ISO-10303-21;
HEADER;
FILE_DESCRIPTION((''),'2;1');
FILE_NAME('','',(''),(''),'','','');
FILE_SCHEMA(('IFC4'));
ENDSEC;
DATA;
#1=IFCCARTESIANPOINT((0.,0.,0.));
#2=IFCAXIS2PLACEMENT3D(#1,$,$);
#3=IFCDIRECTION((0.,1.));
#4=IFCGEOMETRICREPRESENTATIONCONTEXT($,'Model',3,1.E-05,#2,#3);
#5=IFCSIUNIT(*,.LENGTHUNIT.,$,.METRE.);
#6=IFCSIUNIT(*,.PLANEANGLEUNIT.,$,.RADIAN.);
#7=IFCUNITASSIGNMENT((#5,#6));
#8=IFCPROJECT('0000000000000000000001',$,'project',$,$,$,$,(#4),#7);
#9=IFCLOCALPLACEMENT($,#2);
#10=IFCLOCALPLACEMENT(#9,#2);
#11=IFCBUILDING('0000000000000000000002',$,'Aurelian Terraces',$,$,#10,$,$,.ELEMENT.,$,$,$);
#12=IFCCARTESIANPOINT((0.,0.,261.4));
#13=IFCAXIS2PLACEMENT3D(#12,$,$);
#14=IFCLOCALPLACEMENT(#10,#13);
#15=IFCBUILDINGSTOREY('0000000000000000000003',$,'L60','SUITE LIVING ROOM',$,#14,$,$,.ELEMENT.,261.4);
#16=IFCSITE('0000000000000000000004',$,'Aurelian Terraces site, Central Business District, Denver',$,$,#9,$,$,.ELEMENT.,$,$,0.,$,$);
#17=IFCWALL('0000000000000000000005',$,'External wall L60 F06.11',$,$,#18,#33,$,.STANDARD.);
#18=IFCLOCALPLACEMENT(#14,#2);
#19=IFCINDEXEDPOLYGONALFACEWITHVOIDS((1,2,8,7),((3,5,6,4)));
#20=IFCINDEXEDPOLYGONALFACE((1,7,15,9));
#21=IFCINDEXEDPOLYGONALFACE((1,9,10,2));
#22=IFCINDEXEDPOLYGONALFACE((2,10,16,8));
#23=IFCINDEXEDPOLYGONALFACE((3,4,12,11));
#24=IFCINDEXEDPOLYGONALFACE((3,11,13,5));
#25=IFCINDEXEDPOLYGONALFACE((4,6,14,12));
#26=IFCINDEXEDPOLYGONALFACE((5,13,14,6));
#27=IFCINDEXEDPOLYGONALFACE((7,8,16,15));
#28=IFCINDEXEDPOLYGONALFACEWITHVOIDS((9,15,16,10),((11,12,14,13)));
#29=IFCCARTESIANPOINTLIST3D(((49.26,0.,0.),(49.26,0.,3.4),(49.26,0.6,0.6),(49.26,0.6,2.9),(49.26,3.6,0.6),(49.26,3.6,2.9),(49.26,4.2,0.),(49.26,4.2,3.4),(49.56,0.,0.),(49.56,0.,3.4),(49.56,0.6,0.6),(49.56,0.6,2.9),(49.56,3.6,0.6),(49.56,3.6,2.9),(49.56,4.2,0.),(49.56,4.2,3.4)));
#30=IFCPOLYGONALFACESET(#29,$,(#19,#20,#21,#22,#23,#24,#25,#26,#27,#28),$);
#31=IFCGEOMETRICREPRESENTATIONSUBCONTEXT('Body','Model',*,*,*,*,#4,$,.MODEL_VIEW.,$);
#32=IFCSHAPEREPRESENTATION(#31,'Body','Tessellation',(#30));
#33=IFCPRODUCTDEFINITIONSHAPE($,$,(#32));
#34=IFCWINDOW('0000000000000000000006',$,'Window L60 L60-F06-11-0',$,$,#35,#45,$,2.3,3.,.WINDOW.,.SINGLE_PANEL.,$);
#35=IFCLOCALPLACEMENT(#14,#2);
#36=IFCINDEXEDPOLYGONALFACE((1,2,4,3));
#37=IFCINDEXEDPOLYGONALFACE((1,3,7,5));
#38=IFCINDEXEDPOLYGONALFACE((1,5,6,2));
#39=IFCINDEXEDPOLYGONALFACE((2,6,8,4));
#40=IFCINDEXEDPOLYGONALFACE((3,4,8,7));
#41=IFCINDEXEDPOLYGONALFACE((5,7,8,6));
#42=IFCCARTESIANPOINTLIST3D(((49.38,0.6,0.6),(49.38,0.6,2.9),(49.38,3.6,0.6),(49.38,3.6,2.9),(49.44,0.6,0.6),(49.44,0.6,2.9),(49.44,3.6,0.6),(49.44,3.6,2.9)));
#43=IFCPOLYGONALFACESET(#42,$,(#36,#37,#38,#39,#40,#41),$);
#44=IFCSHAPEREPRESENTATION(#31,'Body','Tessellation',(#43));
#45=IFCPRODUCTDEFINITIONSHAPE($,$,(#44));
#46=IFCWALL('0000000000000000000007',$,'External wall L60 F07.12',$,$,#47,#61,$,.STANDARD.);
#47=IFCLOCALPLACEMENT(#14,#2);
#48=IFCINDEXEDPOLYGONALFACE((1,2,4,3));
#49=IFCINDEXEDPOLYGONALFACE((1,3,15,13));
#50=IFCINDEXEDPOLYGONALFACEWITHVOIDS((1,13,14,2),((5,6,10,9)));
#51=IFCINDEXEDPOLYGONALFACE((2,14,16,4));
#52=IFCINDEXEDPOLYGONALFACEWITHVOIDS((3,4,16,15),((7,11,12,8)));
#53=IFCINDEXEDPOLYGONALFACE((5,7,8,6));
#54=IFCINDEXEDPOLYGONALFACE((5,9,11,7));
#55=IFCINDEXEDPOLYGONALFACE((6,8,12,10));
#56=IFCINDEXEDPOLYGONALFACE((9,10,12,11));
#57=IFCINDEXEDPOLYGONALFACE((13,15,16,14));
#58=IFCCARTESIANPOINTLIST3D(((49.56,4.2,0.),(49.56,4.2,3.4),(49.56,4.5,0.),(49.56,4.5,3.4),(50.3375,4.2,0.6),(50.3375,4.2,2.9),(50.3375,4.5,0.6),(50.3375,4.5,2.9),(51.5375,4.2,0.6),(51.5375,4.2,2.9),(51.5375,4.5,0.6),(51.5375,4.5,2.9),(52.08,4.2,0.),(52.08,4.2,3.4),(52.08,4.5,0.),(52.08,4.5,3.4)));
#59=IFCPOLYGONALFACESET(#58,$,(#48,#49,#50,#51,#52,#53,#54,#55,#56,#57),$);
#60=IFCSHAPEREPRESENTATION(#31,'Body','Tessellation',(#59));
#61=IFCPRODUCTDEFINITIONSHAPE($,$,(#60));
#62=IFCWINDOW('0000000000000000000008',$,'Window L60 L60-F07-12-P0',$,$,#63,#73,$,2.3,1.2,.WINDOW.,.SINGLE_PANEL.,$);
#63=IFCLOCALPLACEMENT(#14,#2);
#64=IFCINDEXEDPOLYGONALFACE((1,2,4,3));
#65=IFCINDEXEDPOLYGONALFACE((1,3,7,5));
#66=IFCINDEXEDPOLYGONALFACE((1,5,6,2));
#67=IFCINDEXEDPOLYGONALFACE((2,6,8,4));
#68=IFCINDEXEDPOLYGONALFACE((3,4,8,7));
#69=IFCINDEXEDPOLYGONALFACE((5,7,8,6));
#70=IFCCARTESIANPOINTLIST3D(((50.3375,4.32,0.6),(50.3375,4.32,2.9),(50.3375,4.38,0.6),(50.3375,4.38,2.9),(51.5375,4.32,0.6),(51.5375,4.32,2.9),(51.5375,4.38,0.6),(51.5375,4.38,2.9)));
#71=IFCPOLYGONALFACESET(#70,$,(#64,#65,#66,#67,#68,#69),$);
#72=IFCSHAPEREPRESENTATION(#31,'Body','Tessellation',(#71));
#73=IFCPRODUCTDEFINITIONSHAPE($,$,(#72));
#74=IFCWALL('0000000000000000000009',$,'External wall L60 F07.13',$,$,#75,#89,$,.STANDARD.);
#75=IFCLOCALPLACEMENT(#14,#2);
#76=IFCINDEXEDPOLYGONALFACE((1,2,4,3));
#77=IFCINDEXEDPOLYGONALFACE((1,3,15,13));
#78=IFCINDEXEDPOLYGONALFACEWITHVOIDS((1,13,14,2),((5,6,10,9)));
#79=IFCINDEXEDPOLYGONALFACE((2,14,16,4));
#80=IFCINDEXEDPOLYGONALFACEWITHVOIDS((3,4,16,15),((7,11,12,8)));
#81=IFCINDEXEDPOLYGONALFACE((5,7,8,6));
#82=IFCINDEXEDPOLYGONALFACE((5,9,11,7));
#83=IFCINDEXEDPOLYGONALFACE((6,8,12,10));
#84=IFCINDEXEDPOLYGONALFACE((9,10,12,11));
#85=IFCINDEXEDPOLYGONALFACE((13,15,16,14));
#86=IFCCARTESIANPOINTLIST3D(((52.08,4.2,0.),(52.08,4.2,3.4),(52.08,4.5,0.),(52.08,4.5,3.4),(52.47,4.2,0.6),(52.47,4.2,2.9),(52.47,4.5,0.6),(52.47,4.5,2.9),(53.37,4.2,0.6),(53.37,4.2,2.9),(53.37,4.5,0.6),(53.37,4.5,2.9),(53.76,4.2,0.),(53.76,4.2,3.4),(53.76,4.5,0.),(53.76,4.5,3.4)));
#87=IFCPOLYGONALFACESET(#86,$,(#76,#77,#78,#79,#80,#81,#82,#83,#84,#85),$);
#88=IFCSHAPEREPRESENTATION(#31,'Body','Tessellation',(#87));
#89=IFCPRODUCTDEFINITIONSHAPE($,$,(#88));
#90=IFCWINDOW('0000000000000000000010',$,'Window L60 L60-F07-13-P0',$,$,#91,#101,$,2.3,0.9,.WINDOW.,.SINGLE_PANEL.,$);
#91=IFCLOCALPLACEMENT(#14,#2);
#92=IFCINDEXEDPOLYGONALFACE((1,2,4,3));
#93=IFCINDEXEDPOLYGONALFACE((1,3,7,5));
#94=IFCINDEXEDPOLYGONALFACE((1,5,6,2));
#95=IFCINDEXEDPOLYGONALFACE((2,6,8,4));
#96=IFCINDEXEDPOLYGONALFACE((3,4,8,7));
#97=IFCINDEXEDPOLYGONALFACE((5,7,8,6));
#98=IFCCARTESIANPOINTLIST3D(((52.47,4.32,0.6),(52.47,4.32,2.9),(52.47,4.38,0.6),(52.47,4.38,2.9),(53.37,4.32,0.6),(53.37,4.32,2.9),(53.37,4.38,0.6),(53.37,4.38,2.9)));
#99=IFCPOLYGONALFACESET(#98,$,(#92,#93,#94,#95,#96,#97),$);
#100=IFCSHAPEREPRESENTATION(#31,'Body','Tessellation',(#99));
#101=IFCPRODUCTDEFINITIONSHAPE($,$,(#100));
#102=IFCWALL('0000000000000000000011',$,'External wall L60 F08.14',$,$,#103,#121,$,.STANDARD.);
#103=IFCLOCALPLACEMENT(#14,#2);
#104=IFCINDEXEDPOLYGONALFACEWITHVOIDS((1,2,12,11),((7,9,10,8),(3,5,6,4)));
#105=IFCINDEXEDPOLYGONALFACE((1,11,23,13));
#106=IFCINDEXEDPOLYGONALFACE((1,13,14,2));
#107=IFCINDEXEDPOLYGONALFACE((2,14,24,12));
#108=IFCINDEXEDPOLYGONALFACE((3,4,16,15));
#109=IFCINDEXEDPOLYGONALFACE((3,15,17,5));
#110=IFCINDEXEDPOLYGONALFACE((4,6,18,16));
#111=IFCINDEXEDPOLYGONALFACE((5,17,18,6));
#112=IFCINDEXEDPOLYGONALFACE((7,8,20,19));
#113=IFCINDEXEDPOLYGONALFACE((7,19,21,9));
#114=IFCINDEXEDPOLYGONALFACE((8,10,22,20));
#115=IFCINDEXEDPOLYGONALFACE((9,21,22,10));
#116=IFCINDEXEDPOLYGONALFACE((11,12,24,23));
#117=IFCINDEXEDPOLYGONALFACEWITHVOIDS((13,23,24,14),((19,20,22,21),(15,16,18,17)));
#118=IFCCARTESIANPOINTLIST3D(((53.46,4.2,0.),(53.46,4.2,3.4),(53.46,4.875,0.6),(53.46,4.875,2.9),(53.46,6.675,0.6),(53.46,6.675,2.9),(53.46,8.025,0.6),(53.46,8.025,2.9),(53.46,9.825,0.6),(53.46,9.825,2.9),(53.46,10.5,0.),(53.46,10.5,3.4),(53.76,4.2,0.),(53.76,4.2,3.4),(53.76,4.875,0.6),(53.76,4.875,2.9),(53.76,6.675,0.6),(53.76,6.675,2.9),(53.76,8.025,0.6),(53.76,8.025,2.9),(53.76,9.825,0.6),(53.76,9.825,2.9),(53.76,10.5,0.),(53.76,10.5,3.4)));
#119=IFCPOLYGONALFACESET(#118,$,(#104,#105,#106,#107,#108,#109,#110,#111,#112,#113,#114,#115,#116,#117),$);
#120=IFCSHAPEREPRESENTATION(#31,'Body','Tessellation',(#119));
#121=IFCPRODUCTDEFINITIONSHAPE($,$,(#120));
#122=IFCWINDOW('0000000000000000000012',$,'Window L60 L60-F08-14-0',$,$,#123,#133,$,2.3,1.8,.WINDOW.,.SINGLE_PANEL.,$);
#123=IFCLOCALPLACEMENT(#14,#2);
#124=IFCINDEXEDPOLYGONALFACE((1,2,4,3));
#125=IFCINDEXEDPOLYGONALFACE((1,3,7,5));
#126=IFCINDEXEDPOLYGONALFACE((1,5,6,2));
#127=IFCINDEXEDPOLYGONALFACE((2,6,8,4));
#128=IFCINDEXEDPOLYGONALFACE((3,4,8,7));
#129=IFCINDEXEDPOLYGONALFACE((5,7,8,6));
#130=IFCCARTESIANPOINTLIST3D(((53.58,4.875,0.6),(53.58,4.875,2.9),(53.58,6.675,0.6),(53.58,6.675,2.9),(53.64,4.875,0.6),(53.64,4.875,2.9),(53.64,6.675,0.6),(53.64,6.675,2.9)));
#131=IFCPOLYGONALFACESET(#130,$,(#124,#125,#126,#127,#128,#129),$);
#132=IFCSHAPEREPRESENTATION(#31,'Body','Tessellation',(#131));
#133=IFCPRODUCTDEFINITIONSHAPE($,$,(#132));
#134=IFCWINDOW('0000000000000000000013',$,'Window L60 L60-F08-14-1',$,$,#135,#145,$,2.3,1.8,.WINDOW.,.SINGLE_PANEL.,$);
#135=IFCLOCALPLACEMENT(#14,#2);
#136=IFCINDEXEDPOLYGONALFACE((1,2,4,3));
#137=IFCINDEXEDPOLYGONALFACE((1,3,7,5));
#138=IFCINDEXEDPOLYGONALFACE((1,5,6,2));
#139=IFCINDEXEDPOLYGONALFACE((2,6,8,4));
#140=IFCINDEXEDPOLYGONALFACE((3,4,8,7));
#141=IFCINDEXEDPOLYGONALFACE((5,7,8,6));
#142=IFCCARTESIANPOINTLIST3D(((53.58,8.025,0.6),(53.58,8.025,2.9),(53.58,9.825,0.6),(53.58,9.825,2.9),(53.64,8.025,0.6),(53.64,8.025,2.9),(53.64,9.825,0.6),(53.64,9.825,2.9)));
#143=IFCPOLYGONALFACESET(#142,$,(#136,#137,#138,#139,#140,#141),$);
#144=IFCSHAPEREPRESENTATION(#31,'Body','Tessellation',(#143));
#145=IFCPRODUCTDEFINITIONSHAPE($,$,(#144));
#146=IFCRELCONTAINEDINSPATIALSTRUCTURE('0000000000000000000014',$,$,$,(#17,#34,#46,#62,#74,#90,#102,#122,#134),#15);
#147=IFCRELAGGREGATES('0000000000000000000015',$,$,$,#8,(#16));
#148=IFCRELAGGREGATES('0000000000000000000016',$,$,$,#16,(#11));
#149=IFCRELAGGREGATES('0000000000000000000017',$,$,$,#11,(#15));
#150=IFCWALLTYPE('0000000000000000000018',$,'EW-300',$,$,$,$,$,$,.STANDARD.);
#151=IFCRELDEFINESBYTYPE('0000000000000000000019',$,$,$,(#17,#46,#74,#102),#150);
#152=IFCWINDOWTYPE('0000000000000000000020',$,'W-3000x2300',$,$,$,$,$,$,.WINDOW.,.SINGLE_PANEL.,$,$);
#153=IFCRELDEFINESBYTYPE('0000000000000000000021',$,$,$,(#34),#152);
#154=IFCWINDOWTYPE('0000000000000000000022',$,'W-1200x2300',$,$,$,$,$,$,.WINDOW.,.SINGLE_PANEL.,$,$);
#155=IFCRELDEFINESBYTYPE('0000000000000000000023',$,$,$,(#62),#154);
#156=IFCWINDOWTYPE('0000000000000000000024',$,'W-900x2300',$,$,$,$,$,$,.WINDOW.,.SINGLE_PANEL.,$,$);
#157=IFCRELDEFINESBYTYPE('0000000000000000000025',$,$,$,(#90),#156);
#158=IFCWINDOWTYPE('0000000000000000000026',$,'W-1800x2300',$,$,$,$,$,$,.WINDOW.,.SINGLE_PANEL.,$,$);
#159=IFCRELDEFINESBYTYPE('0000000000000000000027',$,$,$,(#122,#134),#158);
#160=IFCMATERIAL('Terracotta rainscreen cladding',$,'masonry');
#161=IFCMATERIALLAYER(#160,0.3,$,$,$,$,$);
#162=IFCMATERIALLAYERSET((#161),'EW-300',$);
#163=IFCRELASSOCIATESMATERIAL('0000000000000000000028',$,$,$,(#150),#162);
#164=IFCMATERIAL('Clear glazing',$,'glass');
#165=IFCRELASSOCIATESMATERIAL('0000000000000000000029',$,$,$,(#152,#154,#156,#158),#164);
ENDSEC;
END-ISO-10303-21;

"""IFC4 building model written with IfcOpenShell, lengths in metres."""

from ifc_helpers import new_model, si_unit, direction, frame, frame_2d, origin, place, context, subcontext, project, spatial, rectangle, extrude, source, transform, mapped, material, layer, layer_set, type_object, element, fill, save


model = new_model("IFC4")

# Units and contexts
model_context = context("Model", 3, precision=1e-05, world=origin(), true_north=direction((0.0, 1.0)))
body_context = subcontext(model_context, "Body", "Model", "MODEL_VIEW")
ifc_project = project(units=[si_unit("LENGTHUNIT", "METRE"), si_unit("PLANEANGLEUNIT", "RADIAN")], contexts=[model_context])

# Site, building, storey
site_placement = place(None, origin())
site = spatial("IfcSite", under=ifc_project, at=site_placement, Name="Aurelian Terraces site, Central Business District, Denver", CompositionType="ELEMENT", RefElevation=0.0)
building_placement = place(site_placement, origin())
building = spatial("IfcBuilding", under=site, at=building_placement, Name="Aurelian Terraces", CompositionType="ELEMENT")
storey_placement = place(building_placement, frame((0.0, 0.0, 261.4)))
storey = spatial("IfcBuildingStorey", under=building, at=storey_placement, Name="L60", Description="SUITE LIVING ROOM", CompositionType="ELEMENT", Elevation=261.4)

# Walls, openings, windows
ifc_material_1 = material(Name="Terracotta rainscreen cladding", Category="masonry")
ifc_layer_1 = layer(ifc_material_1, 0.3)
ifc_layer_set_1 = layer_set([ifc_layer_1], Name="EW-300")
wall_type_1 = type_object("IfcWallType", Name="EW-300", PredefinedType="STANDARD", material=ifc_layer_set_1)
shared_shape_1 = source(origin(), body_context, "Body", "SweptSolid", [
    extrude(rectangle(XDim=4.2, YDim=0.3, at=frame_2d((2.1, 0.0))), origin(), (0.0, 0.0, 1.0), 3.4),
])
wall_1_placement = place(storey_placement, frame((49.41, 0.0, 0.0), z_axis=(0.0, 0.0, 1.0), x_axis=(0.0, 1.0, 0.0)))
wall_1 = element("IfcWall", 1, at=wall_1_placement, inside=storey, type_object=wall_type_1, Name="External wall L60 F06.11", PredefinedType="STANDARD", context=body_context, shape_type="MappedRepresentation", body=[
    mapped(shared_shape_1, transform((0.0, 0.0, 0.0), scale=1.0)),
])
shared_shape_2 = source(origin(), body_context, "Body", "SweptSolid", [
    extrude(rectangle(XDim=3.0, YDim=2.3, at=frame_2d((1.5, 1.15))), frame((0.0, 0.16, 0.0), z_axis=(0.0, -1.0, 0.0), x_axis=(1.0, 0.0, 0.0)), (0.0, 0.0, 1.0), 0.32),
])
opening_1_placement = place(wall_1_placement, frame((0.6, 0.0, 0.6)))
opening_1 = element("IfcOpeningElement", 2, at=opening_1_placement, cuts=wall_1, PredefinedType="OPENING", context=body_context, shape_type="MappedRepresentation", body=[
    mapped(shared_shape_2, transform((0.0, 0.0, 0.0), scale=1.0)),
])
ifc_material_2 = material(Name="Clear glazing", Category="glass")
window_type_1 = type_object("IfcWindowType", Name="W-3000x2300", PartitioningType="SINGLE_PANEL", PredefinedType="WINDOW", material=ifc_material_2)
shared_shape_3 = source(origin(), body_context, "Body", "SweptSolid", [
    extrude(rectangle(XDim=3.0, YDim=2.3, at=frame_2d((1.5, 1.15))), frame((0.0, 0.03, 0.0), z_axis=(0.0, -1.0, 0.0), x_axis=(1.0, 0.0, 0.0)), (0.0, 0.0, 1.0), 0.06),
])
window_1_placement = place(opening_1_placement, origin())
window_1 = element("IfcWindow", 3, at=window_1_placement, inside=storey, type_object=window_type_1, Name="Window L60 L60-F06-11-0", OverallHeight=2.3, OverallWidth=3.0, PartitioningType="SINGLE_PANEL", PredefinedType="WINDOW", context=body_context, shape_type="MappedRepresentation", body=[
    mapped(shared_shape_3, transform((0.0, 0.0, 0.0), scale=1.0)),
])
fill(opening_1, window_1)
shared_shape_4 = source(origin(), body_context, "Body", "SweptSolid", [
    extrude(rectangle(XDim=2.52, YDim=0.3, at=frame_2d((1.26, 0.0))), origin(), (0.0, 0.0, 1.0), 3.4),
])
wall_2_placement = place(storey_placement, frame((49.56, 4.35, 0.0), z_axis=(0.0, 0.0, 1.0), x_axis=(1.0, 0.0, 0.0)))
wall_2 = element("IfcWall", 4, at=wall_2_placement, inside=storey, type_object=wall_type_1, Name="External wall L60 F07.12", PredefinedType="STANDARD", context=body_context, shape_type="MappedRepresentation", body=[
    mapped(shared_shape_4, transform((0.0, 0.0, 0.0), scale=1.0)),
])
shared_shape_5 = source(origin(), body_context, "Body", "SweptSolid", [
    extrude(rectangle(XDim=1.2, YDim=2.3, at=frame_2d((0.6, 1.15))), frame((0.0, 0.16, 0.0), z_axis=(0.0, -1.0, 0.0), x_axis=(1.0, 0.0, 0.0)), (0.0, 0.0, 1.0), 0.32),
])
opening_2_placement = place(wall_2_placement, frame((0.7775, 0.0, 0.6)))
opening_2 = element("IfcOpeningElement", 5, at=opening_2_placement, cuts=wall_2, PredefinedType="OPENING", context=body_context, shape_type="MappedRepresentation", body=[
    mapped(shared_shape_5, transform((0.0, 0.0, 0.0), scale=1.0)),
])
window_type_2 = type_object("IfcWindowType", Name="W-1200x2300", PartitioningType="SINGLE_PANEL", PredefinedType="WINDOW", material=ifc_material_2)
shared_shape_6 = source(origin(), body_context, "Body", "SweptSolid", [
    extrude(rectangle(XDim=1.2, YDim=2.3, at=frame_2d((0.6, 1.15))), frame((0.0, 0.03, 0.0), z_axis=(0.0, -1.0, 0.0), x_axis=(1.0, 0.0, 0.0)), (0.0, 0.0, 1.0), 0.06),
])
window_2_placement = place(opening_2_placement, origin())
window_2 = element("IfcWindow", 6, at=window_2_placement, inside=storey, type_object=window_type_2, Name="Window L60 L60-F07-12-P0", OverallHeight=2.3, OverallWidth=1.2, PartitioningType="SINGLE_PANEL", PredefinedType="WINDOW", context=body_context, shape_type="MappedRepresentation", body=[
    mapped(shared_shape_6, transform((0.0, 0.0, 0.0), scale=1.0)),
])
fill(opening_2, window_2)
shared_shape_7 = source(origin(), body_context, "Body", "SweptSolid", [
    extrude(rectangle(XDim=1.68, YDim=0.3, at=frame_2d((0.84, 0.0))), origin(), (0.0, 0.0, 1.0), 3.4),
])
wall_3_placement = place(storey_placement, frame((52.08, 4.35, 0.0), z_axis=(0.0, 0.0, 1.0), x_axis=(1.0, 0.0, 0.0)))
wall_3 = element("IfcWall", 7, at=wall_3_placement, inside=storey, type_object=wall_type_1, Name="External wall L60 F07.13", PredefinedType="STANDARD", context=body_context, shape_type="MappedRepresentation", body=[
    mapped(shared_shape_7, transform((0.0, 0.0, 0.0), scale=1.0)),
])
shared_shape_8 = source(origin(), body_context, "Body", "SweptSolid", [
    extrude(rectangle(XDim=0.9, YDim=2.3, at=frame_2d((0.45, 1.15))), frame((0.0, 0.16, 0.0), z_axis=(0.0, -1.0, 0.0), x_axis=(1.0, 0.0, 0.0)), (0.0, 0.0, 1.0), 0.32),
])
opening_3_placement = place(wall_3_placement, frame((0.39, 0.0, 0.6)))
opening_3 = element("IfcOpeningElement", 8, at=opening_3_placement, cuts=wall_3, PredefinedType="OPENING", context=body_context, shape_type="MappedRepresentation", body=[
    mapped(shared_shape_8, transform((0.0, 0.0, 0.0), scale=1.0)),
])
window_type_3 = type_object("IfcWindowType", Name="W-900x2300", PartitioningType="SINGLE_PANEL", PredefinedType="WINDOW", material=ifc_material_2)
shared_shape_9 = source(origin(), body_context, "Body", "SweptSolid", [
    extrude(rectangle(XDim=0.9, YDim=2.3, at=frame_2d((0.45, 1.15))), frame((0.0, 0.03, 0.0), z_axis=(0.0, -1.0, 0.0), x_axis=(1.0, 0.0, 0.0)), (0.0, 0.0, 1.0), 0.06),
])
window_3_placement = place(opening_3_placement, origin())
window_3 = element("IfcWindow", 9, at=window_3_placement, inside=storey, type_object=window_type_3, Name="Window L60 L60-F07-13-P0", OverallHeight=2.3, OverallWidth=0.9, PartitioningType="SINGLE_PANEL", PredefinedType="WINDOW", context=body_context, shape_type="MappedRepresentation", body=[
    mapped(shared_shape_9, transform((0.0, 0.0, 0.0), scale=1.0)),
])
fill(opening_3, window_3)

# Wall, openings, windows
shared_shape_10 = source(origin(), body_context, "Body", "SweptSolid", [
    extrude(rectangle(XDim=6.3, YDim=0.3, at=frame_2d((3.15, 0.0))), origin(), (0.0, 0.0, 1.0), 3.4),
])
wall_4_placement = place(storey_placement, frame((53.61, 4.2, 0.0), z_axis=(0.0, 0.0, 1.0), x_axis=(0.0, 1.0, 0.0)))
wall_4 = element("IfcWall", 10, at=wall_4_placement, inside=storey, type_object=wall_type_1, Name="External wall L60 F08.14", PredefinedType="STANDARD", context=body_context, shape_type="MappedRepresentation", body=[
    mapped(shared_shape_10, transform((0.0, 0.0, 0.0), scale=1.0)),
])
shared_shape_11 = source(origin(), body_context, "Body", "SweptSolid", [
    extrude(rectangle(XDim=1.8, YDim=2.3, at=frame_2d((0.9, 1.15))), frame((0.0, 0.16, 0.0), z_axis=(0.0, -1.0, 0.0), x_axis=(1.0, 0.0, 0.0)), (0.0, 0.0, 1.0), 0.32),
])
opening_4_placement = place(wall_4_placement, frame((0.675, 0.0, 0.6)))
opening_4 = element("IfcOpeningElement", 11, at=opening_4_placement, cuts=wall_4, PredefinedType="OPENING", context=body_context, shape_type="MappedRepresentation", body=[
    mapped(shared_shape_11, transform((0.0, 0.0, 0.0), scale=1.0)),
])
opening_5_placement = place(wall_4_placement, frame((3.825, 0.0, 0.6)))
opening_5 = element("IfcOpeningElement", 12, at=opening_5_placement, cuts=wall_4, PredefinedType="OPENING", context=body_context, shape_type="MappedRepresentation", body=[
    mapped(shared_shape_11, transform((0.0, 0.0, 0.0), scale=1.0)),
])
window_type_4 = type_object("IfcWindowType", Name="W-1800x2300", PartitioningType="SINGLE_PANEL", PredefinedType="WINDOW", material=ifc_material_2)
shared_shape_12 = source(origin(), body_context, "Body", "SweptSolid", [
    extrude(rectangle(XDim=1.8, YDim=2.3, at=frame_2d((0.9, 1.15))), frame((0.0, 0.03, 0.0), z_axis=(0.0, -1.0, 0.0), x_axis=(1.0, 0.0, 0.0)), (0.0, 0.0, 1.0), 0.06),
])
window_4_placement = place(opening_4_placement, origin())
window_4 = element("IfcWindow", 13, at=window_4_placement, inside=storey, type_object=window_type_4, Name="Window L60 L60-F08-14-0", OverallHeight=2.3, OverallWidth=1.8, PartitioningType="SINGLE_PANEL", PredefinedType="WINDOW", context=body_context, shape_type="MappedRepresentation", body=[
    mapped(shared_shape_12, transform((0.0, 0.0, 0.0), scale=1.0)),
])
fill(opening_4, window_4)
window_5_placement = place(opening_5_placement, origin())
window_5 = element("IfcWindow", 14, at=window_5_placement, inside=storey, type_object=window_type_4, Name="Window L60 L60-F08-14-1", OverallHeight=2.3, OverallWidth=1.8, PartitioningType="SINGLE_PANEL", PredefinedType="WINDOW", context=body_context, shape_type="MappedRepresentation", body=[
    mapped(shared_shape_12, transform((0.0, 0.0, 0.0), scale=1.0)),
])
fill(opening_5, window_5)

save(model, "model.ifc")
